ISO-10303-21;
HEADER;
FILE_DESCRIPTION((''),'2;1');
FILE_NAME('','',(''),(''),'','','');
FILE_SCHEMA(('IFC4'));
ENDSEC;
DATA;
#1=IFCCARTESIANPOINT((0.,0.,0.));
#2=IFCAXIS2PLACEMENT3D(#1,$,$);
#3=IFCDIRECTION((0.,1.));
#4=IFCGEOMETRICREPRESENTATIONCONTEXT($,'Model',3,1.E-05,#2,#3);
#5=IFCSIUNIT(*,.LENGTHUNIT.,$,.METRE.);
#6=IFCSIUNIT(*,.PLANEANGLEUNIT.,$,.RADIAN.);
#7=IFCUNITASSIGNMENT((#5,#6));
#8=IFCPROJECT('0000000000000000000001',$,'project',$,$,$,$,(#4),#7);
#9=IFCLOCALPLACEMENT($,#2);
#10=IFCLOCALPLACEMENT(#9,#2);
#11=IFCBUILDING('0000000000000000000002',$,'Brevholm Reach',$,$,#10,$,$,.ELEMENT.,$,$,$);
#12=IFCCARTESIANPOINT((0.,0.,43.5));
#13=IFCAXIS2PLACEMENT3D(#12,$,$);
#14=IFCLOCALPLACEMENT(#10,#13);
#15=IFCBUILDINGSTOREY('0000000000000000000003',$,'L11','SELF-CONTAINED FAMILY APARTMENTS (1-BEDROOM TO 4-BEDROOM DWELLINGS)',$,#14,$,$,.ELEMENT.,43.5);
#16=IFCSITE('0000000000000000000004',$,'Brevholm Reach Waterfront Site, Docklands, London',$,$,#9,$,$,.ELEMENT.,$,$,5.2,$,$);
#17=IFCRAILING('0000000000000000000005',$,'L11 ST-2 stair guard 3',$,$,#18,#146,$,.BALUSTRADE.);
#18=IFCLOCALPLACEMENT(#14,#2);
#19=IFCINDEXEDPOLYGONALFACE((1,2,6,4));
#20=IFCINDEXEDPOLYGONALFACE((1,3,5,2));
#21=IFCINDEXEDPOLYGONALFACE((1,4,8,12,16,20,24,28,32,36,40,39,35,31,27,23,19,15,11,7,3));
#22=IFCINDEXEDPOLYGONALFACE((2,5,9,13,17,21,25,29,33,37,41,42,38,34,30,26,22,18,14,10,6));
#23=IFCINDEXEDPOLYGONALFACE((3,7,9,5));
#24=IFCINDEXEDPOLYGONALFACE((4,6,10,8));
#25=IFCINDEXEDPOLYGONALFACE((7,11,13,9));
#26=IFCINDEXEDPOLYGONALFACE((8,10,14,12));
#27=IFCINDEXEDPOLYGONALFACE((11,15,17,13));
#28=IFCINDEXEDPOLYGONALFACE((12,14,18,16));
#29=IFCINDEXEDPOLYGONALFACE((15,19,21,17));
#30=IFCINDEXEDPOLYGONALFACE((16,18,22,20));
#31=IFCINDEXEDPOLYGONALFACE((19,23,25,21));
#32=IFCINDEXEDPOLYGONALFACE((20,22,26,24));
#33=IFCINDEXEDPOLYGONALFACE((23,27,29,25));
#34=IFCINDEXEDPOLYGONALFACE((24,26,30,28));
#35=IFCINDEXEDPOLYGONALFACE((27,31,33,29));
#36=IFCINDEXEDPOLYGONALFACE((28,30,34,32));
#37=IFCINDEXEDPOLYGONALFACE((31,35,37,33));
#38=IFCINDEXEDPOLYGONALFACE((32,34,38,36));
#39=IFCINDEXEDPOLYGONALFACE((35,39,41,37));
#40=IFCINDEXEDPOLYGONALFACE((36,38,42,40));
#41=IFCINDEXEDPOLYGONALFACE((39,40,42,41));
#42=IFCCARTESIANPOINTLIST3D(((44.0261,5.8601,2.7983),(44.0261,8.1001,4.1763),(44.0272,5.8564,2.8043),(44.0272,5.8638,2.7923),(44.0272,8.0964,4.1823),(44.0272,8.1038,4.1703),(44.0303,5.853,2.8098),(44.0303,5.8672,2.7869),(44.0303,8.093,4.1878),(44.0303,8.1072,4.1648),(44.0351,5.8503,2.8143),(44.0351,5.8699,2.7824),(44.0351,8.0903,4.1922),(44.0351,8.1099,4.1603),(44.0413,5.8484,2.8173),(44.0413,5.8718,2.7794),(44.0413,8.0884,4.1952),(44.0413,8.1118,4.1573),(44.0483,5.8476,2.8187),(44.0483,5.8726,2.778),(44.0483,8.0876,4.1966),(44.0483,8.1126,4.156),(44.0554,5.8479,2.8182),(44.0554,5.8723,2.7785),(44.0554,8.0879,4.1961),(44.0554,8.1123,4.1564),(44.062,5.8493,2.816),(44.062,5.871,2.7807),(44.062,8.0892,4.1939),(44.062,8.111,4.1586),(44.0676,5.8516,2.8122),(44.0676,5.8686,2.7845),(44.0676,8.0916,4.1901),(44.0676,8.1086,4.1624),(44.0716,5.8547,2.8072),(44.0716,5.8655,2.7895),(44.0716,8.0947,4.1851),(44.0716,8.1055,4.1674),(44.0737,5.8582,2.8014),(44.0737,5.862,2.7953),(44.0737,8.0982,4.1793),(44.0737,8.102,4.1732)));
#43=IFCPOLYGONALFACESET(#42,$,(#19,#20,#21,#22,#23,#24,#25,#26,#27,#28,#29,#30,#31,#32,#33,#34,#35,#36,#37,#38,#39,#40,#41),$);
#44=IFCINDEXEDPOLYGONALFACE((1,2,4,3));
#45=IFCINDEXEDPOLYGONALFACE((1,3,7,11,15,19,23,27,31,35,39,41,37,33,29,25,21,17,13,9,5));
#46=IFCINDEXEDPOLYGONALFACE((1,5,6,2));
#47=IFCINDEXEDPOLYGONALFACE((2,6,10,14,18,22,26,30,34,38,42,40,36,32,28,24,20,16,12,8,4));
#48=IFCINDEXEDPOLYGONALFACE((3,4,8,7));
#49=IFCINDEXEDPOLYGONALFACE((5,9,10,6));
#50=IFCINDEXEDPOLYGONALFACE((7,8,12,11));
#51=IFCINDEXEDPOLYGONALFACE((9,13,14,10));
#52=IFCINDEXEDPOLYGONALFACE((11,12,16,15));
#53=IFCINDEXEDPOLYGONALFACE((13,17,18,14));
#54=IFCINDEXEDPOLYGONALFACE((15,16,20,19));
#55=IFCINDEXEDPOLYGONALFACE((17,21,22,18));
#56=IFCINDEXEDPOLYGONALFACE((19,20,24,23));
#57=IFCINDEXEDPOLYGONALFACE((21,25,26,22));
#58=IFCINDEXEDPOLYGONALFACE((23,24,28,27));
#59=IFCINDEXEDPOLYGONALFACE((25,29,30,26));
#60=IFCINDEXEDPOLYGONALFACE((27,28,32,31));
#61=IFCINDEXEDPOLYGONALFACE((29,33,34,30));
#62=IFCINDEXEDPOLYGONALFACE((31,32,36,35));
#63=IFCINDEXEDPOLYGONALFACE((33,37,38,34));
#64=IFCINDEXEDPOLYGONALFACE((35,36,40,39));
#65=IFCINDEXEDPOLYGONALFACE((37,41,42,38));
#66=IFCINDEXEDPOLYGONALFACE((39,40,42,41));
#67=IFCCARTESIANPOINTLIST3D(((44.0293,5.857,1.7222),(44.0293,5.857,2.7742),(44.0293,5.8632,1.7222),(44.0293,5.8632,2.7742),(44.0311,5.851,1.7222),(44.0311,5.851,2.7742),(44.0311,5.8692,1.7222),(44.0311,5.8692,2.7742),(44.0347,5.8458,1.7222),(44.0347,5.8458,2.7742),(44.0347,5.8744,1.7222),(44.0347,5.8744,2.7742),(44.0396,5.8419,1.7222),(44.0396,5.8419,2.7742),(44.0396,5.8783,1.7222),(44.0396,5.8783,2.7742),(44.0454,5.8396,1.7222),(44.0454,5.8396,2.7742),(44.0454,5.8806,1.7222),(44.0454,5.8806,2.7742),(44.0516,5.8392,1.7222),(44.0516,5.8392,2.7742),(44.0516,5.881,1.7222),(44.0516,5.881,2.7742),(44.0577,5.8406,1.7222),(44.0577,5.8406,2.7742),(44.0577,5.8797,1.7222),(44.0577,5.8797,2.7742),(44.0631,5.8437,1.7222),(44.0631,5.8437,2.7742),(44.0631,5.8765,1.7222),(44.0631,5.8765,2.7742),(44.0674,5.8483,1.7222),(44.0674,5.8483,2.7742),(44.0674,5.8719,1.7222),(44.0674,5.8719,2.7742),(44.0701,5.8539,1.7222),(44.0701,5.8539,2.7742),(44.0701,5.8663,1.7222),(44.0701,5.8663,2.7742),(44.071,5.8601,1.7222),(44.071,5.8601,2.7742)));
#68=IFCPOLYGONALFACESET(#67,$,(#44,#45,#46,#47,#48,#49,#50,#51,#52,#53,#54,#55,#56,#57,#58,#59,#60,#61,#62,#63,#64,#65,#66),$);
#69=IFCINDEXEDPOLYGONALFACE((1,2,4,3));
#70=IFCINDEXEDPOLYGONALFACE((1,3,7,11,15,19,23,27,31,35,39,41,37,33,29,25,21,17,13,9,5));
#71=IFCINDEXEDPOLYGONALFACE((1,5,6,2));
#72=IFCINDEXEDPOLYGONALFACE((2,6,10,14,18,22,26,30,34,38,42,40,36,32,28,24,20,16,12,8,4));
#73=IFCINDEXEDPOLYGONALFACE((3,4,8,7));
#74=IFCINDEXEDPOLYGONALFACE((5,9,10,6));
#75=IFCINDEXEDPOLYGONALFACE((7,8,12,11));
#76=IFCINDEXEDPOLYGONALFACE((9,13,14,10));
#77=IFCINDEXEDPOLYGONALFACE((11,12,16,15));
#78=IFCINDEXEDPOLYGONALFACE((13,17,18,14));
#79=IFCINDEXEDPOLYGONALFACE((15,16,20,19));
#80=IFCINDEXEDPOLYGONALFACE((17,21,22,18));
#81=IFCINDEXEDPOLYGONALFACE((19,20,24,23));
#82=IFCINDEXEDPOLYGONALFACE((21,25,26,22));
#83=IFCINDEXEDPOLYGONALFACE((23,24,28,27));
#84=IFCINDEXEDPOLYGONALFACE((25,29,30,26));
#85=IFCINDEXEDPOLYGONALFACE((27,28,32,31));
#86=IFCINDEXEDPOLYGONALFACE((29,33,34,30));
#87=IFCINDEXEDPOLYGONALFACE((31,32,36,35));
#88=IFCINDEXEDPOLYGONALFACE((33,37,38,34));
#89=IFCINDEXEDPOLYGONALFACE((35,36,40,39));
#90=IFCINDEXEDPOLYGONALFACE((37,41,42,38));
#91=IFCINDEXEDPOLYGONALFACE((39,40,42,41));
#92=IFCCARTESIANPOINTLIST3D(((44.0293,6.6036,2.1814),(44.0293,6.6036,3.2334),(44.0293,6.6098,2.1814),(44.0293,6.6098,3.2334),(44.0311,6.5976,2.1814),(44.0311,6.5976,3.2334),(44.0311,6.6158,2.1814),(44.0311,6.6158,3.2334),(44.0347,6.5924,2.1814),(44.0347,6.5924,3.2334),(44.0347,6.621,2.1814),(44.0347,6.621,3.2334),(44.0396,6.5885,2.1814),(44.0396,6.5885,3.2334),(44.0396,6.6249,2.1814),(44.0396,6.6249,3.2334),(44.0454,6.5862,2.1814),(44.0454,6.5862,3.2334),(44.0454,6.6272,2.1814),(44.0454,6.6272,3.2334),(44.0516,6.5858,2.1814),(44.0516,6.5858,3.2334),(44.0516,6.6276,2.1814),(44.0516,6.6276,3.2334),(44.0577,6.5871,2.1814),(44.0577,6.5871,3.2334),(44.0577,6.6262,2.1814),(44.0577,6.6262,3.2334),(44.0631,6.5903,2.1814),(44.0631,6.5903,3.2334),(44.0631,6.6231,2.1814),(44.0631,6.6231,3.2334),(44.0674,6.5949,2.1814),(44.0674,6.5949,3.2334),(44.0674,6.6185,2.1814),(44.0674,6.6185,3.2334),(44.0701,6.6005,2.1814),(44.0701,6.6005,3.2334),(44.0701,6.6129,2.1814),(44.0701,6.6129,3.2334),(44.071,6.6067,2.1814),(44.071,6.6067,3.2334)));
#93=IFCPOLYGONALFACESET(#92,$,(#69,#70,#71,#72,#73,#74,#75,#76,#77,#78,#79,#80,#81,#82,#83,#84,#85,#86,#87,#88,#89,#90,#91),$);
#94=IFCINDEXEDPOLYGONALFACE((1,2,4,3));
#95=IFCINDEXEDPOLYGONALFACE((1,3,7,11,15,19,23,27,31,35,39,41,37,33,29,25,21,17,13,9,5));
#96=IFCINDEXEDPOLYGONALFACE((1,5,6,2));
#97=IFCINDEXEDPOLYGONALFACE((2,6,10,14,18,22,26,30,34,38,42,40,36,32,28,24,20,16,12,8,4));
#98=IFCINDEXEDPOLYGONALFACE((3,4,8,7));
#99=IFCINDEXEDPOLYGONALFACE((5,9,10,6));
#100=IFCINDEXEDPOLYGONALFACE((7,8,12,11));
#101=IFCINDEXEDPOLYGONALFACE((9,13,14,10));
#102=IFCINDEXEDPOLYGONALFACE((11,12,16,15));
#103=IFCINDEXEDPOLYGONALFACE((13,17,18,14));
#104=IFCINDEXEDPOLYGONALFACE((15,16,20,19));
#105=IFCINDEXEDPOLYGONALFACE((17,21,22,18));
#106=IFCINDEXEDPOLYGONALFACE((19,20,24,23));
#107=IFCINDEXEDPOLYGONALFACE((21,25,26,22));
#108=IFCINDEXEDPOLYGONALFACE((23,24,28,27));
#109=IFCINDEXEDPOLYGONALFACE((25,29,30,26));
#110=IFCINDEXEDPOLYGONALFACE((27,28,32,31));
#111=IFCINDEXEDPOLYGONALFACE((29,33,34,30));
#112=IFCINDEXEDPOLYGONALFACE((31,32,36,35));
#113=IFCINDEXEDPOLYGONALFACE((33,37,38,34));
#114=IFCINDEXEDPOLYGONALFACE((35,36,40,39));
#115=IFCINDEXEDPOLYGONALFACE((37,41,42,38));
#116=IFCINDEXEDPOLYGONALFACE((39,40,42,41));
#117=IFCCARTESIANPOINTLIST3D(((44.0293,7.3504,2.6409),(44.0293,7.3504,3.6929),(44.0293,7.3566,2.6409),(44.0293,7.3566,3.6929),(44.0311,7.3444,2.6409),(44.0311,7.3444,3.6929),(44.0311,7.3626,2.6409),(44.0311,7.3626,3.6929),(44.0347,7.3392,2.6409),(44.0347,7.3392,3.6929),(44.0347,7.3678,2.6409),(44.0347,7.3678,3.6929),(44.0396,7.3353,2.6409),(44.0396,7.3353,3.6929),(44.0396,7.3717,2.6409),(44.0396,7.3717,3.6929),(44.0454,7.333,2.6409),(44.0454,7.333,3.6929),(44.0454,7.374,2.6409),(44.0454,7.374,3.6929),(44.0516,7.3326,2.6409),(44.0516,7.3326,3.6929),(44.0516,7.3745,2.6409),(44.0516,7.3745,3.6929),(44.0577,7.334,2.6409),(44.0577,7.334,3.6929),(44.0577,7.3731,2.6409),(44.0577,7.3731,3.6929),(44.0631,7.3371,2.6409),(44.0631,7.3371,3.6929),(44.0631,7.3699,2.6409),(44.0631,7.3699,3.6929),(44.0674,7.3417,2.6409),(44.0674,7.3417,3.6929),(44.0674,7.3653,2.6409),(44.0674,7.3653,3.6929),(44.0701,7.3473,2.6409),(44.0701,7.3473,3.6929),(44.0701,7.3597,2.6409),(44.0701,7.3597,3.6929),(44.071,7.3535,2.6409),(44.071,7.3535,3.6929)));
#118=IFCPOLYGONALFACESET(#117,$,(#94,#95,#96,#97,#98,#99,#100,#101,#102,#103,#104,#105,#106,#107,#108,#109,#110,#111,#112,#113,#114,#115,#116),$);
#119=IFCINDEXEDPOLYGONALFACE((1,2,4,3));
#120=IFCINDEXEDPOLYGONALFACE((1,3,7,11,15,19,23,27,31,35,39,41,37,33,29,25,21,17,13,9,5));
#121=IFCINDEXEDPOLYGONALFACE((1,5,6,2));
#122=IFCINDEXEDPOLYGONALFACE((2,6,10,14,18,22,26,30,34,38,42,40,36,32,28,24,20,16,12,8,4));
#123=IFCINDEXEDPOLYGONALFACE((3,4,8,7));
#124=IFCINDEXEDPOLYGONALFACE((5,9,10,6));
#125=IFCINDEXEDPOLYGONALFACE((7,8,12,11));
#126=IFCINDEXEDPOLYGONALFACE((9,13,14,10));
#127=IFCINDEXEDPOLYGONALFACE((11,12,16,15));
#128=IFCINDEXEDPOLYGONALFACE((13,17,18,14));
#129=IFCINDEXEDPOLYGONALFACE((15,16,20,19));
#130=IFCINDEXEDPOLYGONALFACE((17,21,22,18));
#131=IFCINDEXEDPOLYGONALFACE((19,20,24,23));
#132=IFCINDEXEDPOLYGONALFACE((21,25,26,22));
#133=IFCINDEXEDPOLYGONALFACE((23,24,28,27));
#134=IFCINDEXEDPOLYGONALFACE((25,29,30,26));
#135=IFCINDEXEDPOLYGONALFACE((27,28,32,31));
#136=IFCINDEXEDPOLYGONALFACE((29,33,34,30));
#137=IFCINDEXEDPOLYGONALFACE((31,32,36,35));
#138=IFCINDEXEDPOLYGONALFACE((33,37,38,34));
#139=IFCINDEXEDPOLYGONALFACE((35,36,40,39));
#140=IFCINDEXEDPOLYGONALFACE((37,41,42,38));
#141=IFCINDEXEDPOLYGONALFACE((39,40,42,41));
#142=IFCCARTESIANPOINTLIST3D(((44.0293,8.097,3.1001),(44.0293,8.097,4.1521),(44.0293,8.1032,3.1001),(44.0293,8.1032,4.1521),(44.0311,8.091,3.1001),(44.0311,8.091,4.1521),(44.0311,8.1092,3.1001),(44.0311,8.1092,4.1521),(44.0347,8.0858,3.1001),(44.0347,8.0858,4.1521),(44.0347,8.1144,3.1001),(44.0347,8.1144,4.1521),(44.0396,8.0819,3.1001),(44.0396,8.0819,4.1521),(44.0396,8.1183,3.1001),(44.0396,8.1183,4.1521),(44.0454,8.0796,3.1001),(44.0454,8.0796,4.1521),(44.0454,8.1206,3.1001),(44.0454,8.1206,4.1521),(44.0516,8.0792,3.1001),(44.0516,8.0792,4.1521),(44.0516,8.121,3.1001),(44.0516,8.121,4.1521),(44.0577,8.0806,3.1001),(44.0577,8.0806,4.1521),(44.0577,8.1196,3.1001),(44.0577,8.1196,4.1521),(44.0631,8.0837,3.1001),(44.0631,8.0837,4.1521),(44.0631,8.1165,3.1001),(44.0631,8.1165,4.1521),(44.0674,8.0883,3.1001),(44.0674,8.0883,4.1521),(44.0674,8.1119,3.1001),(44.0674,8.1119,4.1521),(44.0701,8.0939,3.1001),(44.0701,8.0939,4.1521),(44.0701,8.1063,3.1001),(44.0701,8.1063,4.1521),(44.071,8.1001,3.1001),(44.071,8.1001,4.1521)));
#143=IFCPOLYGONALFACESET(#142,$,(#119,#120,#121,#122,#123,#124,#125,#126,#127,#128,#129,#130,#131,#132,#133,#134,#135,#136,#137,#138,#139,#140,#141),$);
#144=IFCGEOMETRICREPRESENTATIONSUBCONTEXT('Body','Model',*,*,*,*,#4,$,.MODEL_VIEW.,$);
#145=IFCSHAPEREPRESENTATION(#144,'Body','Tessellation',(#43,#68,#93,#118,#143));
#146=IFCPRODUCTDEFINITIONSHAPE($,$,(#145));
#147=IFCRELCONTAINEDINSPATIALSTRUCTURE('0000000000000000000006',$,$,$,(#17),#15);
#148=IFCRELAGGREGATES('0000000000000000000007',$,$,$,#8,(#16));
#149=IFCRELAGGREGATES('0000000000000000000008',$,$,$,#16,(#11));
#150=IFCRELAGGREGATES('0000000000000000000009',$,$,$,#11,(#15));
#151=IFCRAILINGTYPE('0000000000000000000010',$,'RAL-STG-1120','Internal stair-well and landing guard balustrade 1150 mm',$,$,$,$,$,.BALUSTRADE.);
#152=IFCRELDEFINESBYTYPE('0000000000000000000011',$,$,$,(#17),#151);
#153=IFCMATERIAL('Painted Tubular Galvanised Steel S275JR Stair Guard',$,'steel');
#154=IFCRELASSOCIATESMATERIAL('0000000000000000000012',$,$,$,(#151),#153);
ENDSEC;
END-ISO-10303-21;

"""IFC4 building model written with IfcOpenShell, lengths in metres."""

from ifc_helpers import new_model, si_unit, direction, frame, origin, origin_2d, place, context, subcontext, project, spatial, circle, extrude, material, type_object, element, save


model = new_model("IFC4")

# Units and contexts
model_context = context("Model", 3, precision=1e-05, world=origin(), true_north=direction((0.0, 1.0)))
body_context = subcontext(model_context, "Body", "Model", "MODEL_VIEW")
ifc_project = project(units=[si_unit("LENGTHUNIT", "METRE"), si_unit("PLANEANGLEUNIT", "RADIAN")], contexts=[model_context])

# Site, building, storey
site_placement = place(None, origin())
site = spatial("IfcSite", under=ifc_project, at=site_placement, Name="Brevholm Reach Waterfront Site, Docklands, London", CompositionType="ELEMENT", RefElevation=5.2)
building_placement = place(site_placement, origin())
building = spatial("IfcBuilding", under=site, at=building_placement, Name="Brevholm Reach", CompositionType="ELEMENT")
storey_placement = place(building_placement, frame((0.0, 0.0, 43.5)))
storey = spatial("IfcBuildingStorey", under=building, at=storey_placement, Name="L11", Description="SELF-CONTAINED FAMILY APARTMENTS (1-BEDROOM TO 4-BEDROOM DWELLINGS)", CompositionType="ELEMENT", Elevation=43.5)

# Railing
ifc_material_1 = material(Name="Painted Tubular Galvanised Steel S275JR Stair Guard", Category="steel")
railing_type_1 = type_object("IfcRailingType", Name="RAL-STG-1120", Description="Internal stair-well and landing guard balustrade 1150 mm", PredefinedType="BALUSTRADE", material=ifc_material_1)
railing_1_placement = place(storey_placement, frame((44.05, 5.8601, 1.7222)))
element("IfcRailing", 1, at=railing_1_placement, inside=storey, type_object=railing_type_1, Name="L11 ST-2 stair guard 3", PredefinedType="BALUSTRADE", context=body_context, shape_type="SweptSolid", body=[
    extrude(circle(Radius=0.0239, at=origin_2d()), frame((0.0, 0.0, 1.0762), z_axis=(0.0, 0.851748, 0.523952), x_axis=(-1.0, 0.0, 0.0)), (0.0, 0.0, 1.0), 2.6299),
    extrude(circle(Radius=0.021, at=origin_2d()), origin(), (0.0, 0.0, 1.0), 1.052),
    extrude(circle(Radius=0.021, at=origin_2d()), frame((0.0, 0.7466, 0.4592)), (0.0, 0.0, 1.0), 1.052),
    extrude(circle(Radius=0.021, at=origin_2d()), frame((0.0, 1.4934, 0.9187)), (0.0, 0.0, 1.0), 1.052),
    extrude(circle(Radius=0.021, at=origin_2d()), frame((0.0, 2.24, 1.3779)), (0.0, 0.0, 1.0), 1.052),
])

save(model, "model.ifc")
